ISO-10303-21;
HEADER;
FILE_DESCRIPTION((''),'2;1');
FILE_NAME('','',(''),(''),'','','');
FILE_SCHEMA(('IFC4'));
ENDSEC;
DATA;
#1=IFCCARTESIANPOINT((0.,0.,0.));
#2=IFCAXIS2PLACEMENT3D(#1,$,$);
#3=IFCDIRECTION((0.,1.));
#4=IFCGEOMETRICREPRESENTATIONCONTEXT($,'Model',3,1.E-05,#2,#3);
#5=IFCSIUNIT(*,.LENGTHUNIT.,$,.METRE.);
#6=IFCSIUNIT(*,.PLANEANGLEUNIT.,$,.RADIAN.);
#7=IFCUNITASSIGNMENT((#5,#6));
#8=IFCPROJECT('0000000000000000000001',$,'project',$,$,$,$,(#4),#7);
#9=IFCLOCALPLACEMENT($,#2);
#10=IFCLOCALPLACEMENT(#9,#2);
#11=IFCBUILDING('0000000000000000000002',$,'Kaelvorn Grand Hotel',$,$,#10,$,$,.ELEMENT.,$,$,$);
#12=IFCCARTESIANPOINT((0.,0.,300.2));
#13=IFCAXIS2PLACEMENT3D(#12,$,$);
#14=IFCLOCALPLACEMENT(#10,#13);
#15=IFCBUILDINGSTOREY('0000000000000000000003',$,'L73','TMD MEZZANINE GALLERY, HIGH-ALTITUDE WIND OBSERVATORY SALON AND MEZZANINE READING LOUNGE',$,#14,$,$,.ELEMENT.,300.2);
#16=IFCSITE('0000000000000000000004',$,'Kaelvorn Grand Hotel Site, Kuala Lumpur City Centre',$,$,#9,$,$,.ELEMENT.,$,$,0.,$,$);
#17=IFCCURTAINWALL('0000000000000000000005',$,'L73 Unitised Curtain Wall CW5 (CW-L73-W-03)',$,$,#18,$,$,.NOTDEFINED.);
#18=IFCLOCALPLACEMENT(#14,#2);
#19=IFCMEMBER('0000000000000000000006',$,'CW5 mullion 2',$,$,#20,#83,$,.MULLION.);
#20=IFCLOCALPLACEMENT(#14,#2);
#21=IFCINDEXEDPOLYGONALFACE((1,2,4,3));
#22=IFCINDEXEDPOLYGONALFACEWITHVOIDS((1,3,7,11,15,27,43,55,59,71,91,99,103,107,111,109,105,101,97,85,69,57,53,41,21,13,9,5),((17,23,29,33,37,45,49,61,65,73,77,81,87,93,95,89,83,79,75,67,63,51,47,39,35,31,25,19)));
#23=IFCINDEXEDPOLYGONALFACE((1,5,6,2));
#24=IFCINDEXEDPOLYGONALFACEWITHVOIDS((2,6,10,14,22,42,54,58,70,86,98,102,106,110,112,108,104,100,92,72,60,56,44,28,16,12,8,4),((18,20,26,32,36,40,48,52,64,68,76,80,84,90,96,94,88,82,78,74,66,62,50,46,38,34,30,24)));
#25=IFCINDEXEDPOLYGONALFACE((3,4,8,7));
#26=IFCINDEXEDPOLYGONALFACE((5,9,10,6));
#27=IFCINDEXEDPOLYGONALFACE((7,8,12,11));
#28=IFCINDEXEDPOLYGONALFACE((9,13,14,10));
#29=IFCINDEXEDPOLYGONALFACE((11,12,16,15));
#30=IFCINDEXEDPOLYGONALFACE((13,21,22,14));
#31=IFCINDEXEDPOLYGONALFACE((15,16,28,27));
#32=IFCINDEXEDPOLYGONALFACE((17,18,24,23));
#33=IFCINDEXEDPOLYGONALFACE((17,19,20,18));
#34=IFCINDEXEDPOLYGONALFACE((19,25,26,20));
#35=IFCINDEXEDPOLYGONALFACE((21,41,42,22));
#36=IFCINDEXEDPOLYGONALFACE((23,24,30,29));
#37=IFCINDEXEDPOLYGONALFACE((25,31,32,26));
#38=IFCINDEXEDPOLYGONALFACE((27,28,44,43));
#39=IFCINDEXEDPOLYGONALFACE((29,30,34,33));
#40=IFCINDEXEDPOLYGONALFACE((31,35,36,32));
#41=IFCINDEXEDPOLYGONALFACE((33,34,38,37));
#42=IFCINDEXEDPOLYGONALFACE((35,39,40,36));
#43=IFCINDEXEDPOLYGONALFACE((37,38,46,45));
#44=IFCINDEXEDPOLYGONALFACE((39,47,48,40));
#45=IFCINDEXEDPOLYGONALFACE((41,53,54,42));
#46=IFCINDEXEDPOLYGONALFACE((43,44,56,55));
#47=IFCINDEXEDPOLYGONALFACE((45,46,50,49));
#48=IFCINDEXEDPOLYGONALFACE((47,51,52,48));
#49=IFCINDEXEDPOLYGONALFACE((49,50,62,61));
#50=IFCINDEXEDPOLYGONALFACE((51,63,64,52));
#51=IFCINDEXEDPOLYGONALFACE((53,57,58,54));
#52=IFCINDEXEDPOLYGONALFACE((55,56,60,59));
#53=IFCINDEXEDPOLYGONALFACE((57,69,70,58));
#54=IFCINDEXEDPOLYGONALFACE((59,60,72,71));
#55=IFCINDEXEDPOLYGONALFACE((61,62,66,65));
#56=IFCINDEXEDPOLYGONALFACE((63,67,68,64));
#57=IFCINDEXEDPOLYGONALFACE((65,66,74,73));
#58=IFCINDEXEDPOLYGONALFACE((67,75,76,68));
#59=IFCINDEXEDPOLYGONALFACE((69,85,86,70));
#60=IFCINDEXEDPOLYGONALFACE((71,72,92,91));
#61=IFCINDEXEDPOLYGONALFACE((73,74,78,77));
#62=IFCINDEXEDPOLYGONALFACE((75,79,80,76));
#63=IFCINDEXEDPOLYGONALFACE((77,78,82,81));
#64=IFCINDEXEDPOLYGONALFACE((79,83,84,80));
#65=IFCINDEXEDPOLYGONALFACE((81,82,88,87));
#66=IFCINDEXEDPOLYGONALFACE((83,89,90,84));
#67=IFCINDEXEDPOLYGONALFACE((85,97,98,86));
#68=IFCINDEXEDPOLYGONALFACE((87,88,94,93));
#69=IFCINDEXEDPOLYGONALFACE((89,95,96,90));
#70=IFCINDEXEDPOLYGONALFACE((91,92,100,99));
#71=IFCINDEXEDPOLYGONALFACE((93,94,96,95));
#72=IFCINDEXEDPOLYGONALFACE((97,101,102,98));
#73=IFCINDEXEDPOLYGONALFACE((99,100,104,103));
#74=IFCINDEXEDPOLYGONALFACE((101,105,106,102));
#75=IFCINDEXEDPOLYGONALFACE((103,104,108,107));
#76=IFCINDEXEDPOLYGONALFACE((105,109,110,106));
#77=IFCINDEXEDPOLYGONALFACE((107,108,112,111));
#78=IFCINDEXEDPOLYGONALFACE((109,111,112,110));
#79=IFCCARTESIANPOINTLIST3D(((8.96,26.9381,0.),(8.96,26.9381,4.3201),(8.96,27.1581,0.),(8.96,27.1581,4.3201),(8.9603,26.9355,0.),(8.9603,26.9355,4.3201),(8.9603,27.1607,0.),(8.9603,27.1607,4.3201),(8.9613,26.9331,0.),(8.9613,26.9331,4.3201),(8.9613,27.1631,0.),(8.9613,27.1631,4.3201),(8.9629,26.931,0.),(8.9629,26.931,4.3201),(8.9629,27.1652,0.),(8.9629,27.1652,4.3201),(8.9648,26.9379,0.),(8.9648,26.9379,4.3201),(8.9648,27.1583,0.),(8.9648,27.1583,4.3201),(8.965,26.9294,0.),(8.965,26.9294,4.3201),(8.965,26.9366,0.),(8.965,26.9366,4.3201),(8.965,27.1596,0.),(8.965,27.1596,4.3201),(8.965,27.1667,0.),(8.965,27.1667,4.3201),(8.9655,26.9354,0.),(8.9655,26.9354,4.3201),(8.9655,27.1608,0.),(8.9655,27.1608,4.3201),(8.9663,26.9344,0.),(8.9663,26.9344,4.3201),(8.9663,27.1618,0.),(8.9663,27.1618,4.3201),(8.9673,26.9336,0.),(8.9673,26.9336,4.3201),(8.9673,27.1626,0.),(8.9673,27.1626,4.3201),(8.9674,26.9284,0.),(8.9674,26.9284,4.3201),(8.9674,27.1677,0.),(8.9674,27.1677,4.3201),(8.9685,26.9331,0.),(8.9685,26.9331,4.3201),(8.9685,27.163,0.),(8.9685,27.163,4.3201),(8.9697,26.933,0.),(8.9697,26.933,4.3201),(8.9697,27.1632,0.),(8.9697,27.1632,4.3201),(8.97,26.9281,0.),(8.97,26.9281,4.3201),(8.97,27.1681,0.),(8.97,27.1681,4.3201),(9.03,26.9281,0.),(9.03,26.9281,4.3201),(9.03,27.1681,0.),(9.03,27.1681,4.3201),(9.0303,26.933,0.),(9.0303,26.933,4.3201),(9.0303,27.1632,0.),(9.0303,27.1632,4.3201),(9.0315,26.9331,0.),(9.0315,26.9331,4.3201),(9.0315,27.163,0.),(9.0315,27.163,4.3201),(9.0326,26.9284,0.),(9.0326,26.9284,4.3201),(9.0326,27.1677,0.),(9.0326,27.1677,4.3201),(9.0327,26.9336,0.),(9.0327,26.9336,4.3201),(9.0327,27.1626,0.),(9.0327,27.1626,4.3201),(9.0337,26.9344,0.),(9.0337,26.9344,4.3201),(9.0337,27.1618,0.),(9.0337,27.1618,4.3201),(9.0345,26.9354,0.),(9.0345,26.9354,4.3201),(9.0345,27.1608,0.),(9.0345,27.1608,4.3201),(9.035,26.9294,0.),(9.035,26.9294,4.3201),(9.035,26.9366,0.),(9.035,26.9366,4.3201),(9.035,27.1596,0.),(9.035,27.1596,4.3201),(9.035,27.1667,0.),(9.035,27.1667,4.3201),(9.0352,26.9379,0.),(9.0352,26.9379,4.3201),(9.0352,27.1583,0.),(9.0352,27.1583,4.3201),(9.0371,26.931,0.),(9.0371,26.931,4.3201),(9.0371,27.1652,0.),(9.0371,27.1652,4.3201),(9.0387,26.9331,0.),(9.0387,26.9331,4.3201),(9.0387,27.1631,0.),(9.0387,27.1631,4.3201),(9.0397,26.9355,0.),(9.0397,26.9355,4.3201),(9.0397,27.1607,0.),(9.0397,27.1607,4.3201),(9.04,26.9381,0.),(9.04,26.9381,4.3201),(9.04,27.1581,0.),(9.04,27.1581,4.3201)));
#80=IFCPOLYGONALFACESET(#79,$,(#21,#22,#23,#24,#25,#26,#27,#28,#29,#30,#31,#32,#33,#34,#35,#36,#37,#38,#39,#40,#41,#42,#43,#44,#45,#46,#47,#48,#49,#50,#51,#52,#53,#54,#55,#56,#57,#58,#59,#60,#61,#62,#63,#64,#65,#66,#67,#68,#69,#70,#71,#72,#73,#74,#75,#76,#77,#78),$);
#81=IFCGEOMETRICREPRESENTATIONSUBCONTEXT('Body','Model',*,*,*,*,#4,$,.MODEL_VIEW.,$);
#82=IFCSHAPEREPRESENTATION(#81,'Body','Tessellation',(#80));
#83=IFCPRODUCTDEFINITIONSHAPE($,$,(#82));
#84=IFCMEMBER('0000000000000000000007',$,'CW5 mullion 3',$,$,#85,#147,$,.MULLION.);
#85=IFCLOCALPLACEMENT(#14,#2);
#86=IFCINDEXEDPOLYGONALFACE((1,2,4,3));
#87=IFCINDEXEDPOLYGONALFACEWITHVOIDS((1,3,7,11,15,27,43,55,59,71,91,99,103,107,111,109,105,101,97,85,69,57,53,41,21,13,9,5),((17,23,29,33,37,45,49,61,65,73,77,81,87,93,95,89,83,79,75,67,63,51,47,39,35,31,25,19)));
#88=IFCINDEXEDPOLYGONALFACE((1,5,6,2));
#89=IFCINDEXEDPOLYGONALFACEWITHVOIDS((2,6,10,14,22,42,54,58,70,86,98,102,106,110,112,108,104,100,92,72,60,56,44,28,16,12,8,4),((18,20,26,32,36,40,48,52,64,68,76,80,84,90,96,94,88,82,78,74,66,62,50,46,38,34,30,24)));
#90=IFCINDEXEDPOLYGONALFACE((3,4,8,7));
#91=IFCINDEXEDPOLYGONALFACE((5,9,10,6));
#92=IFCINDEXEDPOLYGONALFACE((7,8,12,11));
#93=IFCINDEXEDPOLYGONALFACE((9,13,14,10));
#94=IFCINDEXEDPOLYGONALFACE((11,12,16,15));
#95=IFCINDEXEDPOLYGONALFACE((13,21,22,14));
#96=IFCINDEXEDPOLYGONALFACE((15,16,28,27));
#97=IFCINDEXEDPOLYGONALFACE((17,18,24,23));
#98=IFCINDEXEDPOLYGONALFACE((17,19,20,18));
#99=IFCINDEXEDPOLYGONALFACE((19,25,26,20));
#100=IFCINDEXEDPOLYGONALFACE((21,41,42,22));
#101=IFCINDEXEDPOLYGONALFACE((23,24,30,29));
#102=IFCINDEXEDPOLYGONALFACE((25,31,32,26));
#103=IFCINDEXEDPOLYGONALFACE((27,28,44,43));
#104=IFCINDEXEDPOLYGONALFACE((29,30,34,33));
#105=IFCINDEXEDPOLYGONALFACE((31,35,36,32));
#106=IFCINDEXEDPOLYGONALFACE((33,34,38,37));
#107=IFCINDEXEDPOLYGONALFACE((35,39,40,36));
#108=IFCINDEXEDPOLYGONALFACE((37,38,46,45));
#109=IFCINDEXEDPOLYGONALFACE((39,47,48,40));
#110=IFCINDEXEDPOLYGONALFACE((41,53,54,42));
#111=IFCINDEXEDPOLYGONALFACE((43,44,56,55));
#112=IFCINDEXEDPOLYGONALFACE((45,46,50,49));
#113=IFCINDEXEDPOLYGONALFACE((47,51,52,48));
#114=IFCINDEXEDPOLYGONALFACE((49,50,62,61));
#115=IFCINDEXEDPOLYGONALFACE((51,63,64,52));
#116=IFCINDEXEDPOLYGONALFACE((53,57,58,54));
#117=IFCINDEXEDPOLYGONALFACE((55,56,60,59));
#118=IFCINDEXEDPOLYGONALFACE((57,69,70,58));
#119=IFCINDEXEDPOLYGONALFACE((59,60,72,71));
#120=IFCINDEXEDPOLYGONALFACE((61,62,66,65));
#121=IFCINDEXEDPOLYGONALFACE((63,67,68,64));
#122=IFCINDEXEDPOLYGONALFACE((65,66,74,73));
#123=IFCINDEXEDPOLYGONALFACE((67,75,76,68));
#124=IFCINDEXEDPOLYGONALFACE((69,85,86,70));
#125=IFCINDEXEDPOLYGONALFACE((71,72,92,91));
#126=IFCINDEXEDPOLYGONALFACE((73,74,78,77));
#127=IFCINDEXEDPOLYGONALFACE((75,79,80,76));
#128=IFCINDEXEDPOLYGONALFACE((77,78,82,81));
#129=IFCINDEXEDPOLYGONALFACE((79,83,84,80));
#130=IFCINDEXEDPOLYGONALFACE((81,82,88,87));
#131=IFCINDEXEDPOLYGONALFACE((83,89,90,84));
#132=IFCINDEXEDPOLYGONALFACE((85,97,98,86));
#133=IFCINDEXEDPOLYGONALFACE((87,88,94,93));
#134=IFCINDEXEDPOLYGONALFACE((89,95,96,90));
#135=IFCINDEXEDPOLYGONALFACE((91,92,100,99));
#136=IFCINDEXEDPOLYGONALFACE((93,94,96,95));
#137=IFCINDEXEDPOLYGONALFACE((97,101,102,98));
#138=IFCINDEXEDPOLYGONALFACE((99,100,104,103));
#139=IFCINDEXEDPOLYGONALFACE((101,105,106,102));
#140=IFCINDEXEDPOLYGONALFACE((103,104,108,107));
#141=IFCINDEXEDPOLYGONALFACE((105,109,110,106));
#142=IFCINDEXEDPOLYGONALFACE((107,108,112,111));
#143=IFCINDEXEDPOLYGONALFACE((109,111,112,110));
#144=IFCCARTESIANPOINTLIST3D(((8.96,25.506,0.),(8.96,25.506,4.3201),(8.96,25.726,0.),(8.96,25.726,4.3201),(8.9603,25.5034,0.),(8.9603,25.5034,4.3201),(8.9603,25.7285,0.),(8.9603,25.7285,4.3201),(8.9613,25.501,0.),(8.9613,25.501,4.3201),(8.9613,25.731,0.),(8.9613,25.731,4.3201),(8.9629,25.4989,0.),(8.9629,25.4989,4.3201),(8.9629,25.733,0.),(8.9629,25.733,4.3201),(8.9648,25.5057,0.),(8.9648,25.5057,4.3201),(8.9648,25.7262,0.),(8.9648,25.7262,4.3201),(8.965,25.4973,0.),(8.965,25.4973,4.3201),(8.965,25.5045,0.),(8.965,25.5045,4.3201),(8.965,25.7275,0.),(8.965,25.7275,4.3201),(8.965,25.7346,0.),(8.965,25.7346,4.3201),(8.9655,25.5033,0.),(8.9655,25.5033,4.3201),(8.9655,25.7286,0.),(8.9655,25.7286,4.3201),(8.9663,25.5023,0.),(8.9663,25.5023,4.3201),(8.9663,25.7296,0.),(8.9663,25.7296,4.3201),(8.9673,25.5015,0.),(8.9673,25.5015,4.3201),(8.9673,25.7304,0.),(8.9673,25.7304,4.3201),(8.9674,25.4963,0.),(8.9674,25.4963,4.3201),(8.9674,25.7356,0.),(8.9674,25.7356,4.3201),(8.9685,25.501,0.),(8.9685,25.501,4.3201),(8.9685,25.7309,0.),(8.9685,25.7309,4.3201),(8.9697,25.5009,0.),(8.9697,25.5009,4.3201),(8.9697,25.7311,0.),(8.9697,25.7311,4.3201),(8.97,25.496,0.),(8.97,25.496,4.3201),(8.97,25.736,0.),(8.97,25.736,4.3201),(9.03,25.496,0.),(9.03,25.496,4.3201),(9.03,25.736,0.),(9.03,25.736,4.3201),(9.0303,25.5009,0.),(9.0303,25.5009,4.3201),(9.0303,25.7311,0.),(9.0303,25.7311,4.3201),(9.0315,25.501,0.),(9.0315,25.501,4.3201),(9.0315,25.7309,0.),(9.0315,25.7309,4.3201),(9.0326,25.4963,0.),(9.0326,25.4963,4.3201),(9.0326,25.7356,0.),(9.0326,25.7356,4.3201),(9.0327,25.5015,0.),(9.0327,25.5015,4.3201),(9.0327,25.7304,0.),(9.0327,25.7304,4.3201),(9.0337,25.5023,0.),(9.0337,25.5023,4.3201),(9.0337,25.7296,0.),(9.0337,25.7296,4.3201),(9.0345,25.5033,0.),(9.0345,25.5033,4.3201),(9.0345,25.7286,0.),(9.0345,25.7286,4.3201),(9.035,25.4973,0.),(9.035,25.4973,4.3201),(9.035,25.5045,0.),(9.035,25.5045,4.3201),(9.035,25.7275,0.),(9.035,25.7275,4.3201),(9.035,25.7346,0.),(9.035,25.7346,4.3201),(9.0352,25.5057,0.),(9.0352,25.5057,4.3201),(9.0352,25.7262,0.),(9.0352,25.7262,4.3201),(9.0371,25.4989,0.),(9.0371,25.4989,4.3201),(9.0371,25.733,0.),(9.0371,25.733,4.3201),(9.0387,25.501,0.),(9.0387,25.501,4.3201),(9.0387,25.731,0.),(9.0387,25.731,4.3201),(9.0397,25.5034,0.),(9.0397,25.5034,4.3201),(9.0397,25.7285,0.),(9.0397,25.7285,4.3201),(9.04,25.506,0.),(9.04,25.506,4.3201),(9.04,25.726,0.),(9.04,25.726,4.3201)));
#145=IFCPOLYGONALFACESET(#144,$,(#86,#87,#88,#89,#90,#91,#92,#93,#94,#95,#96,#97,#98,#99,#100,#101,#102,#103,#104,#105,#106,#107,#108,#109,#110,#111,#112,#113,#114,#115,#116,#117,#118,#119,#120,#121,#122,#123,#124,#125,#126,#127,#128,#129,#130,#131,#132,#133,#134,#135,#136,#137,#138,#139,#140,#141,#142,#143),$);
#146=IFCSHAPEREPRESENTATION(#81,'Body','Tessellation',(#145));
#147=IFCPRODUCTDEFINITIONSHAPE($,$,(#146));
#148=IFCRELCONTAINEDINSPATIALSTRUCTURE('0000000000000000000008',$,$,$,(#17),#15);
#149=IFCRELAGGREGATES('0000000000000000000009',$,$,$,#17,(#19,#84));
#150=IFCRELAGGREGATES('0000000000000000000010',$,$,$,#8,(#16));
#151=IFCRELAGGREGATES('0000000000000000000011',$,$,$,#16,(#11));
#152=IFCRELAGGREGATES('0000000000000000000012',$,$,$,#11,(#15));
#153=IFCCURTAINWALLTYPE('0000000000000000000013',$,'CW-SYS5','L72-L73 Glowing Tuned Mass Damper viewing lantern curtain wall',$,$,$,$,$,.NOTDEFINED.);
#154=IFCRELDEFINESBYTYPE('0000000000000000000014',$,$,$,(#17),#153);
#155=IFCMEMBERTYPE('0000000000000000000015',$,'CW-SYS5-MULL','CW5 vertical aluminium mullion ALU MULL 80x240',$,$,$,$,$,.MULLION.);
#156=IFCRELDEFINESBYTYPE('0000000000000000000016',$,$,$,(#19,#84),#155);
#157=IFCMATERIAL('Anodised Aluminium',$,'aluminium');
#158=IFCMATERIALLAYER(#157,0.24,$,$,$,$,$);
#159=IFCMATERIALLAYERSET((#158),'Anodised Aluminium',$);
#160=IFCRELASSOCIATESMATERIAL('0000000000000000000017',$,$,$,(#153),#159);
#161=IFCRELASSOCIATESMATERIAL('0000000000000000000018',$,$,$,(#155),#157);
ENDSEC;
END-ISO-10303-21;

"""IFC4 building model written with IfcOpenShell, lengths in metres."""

from ifc_helpers import new_model, si_unit, direction, frame, origin, origin_2d, place, context, subcontext, project, spatial, hollow_rectangle, extrude, material, layer, layer_set, material_profile, profile_set, type_object, element, aggregate, save


model = new_model("IFC4")

# Units and contexts
model_context = context("Model", 3, precision=1e-05, world=origin(), true_north=direction((0.0, 1.0)))
body_context = subcontext(model_context, "Body", "Model", "MODEL_VIEW")
ifc_project = project(units=[si_unit("LENGTHUNIT", "METRE"), si_unit("PLANEANGLEUNIT", "RADIAN")], contexts=[model_context])

# Site, building, storey
site_placement = place(None, origin())
site = spatial("IfcSite", under=ifc_project, at=site_placement, Name="Kaelvorn Grand Hotel Site, Kuala Lumpur City Centre", CompositionType="ELEMENT", RefElevation=0.0)
building_placement = place(site_placement, origin())
building = spatial("IfcBuilding", under=site, at=building_placement, Name="Kaelvorn Grand Hotel", CompositionType="ELEMENT")
storey_placement = place(building_placement, frame((0.0, 0.0, 300.2)))
storey = spatial("IfcBuildingStorey", under=building, at=storey_placement, Name="L73", Description="TMD MEZZANINE GALLERY, HIGH-ALTITUDE WIND OBSERVATORY SALON AND MEZZANINE READING LOUNGE", CompositionType="ELEMENT", Elevation=300.2)

# Curtain wall, members
ifc_material_1 = material(Name="Anodised Aluminium", Category="aluminium")
ifc_layer_1 = layer(ifc_material_1, 0.24)
ifc_layer_set_1 = layer_set([ifc_layer_1], Name="Anodised Aluminium")
curtain_wall_type = type_object("IfcCurtainWallType", Name="CW-SYS5", Description="L72-L73 Glowing Tuned Mass Damper viewing lantern curtain wall", PredefinedType="NOTDEFINED", material=ifc_layer_set_1)
curtain_wall_placement = place(storey_placement, origin())
curtain_wall = element("IfcCurtainWall", 1, at=curtain_wall_placement, inside=storey, type_object=curtain_wall_type, Name="L73 Unitised Curtain Wall CW5 (CW-L73-W-03)", PredefinedType="NOTDEFINED")
ifc_material_profile_1 = material_profile(ifc_material_1, hollow_rectangle(XDim=0.0801, YDim=0.24, WallThickness=0.0049, InnerFilletRadius=0.0049, OuterFilletRadius=0.01, at=origin_2d()), Name="ALU MULL 80x240")
ifc_profile_set_1 = profile_set([ifc_material_profile_1], Name="Anodised Aluminium")
member_type_1 = type_object("IfcMemberType", Name="CW-SYS5-MULL", Description="CW5 vertical aluminium mullion ALU MULL 80x240", PredefinedType="MULLION", material=ifc_profile_set_1)
member_1_placement = place(storey_placement, frame((9.0, 27.0481, 0.0), z_axis=(0.0, 0.0, 1.0), x_axis=(1.0, 0.0, 0.0)))
member_1 = element("IfcMember", 2, at=member_1_placement, type_object=member_type_1, Name="CW5 mullion 2", PredefinedType="MULLION", context=body_context, shape_type="SweptSolid", body=[
    extrude(hollow_rectangle(XDim=0.0801, YDim=0.24, WallThickness=0.0049, InnerFilletRadius=0.0049, OuterFilletRadius=0.01, at=origin_2d()), origin(), (0.0, 0.0, 1.0), 4.3201),
])
member_2_placement = place(storey_placement, frame((9.0, 25.616, 0.0), z_axis=(0.0, 0.0, 1.0), x_axis=(1.0, 0.0, 0.0)))
member_2 = element("IfcMember", 3, at=member_2_placement, type_object=member_type_1, Name="CW5 mullion 3", PredefinedType="MULLION", context=body_context, shape_type="SweptSolid", body=[
    extrude(hollow_rectangle(XDim=0.0801, YDim=0.24, WallThickness=0.0049, InnerFilletRadius=0.0049, OuterFilletRadius=0.01, at=origin_2d()), origin(), (0.0, 0.0, 1.0), 4.3201),
])
aggregate(curtain_wall, [member_1, member_2])

save(model, "model.ifc")
